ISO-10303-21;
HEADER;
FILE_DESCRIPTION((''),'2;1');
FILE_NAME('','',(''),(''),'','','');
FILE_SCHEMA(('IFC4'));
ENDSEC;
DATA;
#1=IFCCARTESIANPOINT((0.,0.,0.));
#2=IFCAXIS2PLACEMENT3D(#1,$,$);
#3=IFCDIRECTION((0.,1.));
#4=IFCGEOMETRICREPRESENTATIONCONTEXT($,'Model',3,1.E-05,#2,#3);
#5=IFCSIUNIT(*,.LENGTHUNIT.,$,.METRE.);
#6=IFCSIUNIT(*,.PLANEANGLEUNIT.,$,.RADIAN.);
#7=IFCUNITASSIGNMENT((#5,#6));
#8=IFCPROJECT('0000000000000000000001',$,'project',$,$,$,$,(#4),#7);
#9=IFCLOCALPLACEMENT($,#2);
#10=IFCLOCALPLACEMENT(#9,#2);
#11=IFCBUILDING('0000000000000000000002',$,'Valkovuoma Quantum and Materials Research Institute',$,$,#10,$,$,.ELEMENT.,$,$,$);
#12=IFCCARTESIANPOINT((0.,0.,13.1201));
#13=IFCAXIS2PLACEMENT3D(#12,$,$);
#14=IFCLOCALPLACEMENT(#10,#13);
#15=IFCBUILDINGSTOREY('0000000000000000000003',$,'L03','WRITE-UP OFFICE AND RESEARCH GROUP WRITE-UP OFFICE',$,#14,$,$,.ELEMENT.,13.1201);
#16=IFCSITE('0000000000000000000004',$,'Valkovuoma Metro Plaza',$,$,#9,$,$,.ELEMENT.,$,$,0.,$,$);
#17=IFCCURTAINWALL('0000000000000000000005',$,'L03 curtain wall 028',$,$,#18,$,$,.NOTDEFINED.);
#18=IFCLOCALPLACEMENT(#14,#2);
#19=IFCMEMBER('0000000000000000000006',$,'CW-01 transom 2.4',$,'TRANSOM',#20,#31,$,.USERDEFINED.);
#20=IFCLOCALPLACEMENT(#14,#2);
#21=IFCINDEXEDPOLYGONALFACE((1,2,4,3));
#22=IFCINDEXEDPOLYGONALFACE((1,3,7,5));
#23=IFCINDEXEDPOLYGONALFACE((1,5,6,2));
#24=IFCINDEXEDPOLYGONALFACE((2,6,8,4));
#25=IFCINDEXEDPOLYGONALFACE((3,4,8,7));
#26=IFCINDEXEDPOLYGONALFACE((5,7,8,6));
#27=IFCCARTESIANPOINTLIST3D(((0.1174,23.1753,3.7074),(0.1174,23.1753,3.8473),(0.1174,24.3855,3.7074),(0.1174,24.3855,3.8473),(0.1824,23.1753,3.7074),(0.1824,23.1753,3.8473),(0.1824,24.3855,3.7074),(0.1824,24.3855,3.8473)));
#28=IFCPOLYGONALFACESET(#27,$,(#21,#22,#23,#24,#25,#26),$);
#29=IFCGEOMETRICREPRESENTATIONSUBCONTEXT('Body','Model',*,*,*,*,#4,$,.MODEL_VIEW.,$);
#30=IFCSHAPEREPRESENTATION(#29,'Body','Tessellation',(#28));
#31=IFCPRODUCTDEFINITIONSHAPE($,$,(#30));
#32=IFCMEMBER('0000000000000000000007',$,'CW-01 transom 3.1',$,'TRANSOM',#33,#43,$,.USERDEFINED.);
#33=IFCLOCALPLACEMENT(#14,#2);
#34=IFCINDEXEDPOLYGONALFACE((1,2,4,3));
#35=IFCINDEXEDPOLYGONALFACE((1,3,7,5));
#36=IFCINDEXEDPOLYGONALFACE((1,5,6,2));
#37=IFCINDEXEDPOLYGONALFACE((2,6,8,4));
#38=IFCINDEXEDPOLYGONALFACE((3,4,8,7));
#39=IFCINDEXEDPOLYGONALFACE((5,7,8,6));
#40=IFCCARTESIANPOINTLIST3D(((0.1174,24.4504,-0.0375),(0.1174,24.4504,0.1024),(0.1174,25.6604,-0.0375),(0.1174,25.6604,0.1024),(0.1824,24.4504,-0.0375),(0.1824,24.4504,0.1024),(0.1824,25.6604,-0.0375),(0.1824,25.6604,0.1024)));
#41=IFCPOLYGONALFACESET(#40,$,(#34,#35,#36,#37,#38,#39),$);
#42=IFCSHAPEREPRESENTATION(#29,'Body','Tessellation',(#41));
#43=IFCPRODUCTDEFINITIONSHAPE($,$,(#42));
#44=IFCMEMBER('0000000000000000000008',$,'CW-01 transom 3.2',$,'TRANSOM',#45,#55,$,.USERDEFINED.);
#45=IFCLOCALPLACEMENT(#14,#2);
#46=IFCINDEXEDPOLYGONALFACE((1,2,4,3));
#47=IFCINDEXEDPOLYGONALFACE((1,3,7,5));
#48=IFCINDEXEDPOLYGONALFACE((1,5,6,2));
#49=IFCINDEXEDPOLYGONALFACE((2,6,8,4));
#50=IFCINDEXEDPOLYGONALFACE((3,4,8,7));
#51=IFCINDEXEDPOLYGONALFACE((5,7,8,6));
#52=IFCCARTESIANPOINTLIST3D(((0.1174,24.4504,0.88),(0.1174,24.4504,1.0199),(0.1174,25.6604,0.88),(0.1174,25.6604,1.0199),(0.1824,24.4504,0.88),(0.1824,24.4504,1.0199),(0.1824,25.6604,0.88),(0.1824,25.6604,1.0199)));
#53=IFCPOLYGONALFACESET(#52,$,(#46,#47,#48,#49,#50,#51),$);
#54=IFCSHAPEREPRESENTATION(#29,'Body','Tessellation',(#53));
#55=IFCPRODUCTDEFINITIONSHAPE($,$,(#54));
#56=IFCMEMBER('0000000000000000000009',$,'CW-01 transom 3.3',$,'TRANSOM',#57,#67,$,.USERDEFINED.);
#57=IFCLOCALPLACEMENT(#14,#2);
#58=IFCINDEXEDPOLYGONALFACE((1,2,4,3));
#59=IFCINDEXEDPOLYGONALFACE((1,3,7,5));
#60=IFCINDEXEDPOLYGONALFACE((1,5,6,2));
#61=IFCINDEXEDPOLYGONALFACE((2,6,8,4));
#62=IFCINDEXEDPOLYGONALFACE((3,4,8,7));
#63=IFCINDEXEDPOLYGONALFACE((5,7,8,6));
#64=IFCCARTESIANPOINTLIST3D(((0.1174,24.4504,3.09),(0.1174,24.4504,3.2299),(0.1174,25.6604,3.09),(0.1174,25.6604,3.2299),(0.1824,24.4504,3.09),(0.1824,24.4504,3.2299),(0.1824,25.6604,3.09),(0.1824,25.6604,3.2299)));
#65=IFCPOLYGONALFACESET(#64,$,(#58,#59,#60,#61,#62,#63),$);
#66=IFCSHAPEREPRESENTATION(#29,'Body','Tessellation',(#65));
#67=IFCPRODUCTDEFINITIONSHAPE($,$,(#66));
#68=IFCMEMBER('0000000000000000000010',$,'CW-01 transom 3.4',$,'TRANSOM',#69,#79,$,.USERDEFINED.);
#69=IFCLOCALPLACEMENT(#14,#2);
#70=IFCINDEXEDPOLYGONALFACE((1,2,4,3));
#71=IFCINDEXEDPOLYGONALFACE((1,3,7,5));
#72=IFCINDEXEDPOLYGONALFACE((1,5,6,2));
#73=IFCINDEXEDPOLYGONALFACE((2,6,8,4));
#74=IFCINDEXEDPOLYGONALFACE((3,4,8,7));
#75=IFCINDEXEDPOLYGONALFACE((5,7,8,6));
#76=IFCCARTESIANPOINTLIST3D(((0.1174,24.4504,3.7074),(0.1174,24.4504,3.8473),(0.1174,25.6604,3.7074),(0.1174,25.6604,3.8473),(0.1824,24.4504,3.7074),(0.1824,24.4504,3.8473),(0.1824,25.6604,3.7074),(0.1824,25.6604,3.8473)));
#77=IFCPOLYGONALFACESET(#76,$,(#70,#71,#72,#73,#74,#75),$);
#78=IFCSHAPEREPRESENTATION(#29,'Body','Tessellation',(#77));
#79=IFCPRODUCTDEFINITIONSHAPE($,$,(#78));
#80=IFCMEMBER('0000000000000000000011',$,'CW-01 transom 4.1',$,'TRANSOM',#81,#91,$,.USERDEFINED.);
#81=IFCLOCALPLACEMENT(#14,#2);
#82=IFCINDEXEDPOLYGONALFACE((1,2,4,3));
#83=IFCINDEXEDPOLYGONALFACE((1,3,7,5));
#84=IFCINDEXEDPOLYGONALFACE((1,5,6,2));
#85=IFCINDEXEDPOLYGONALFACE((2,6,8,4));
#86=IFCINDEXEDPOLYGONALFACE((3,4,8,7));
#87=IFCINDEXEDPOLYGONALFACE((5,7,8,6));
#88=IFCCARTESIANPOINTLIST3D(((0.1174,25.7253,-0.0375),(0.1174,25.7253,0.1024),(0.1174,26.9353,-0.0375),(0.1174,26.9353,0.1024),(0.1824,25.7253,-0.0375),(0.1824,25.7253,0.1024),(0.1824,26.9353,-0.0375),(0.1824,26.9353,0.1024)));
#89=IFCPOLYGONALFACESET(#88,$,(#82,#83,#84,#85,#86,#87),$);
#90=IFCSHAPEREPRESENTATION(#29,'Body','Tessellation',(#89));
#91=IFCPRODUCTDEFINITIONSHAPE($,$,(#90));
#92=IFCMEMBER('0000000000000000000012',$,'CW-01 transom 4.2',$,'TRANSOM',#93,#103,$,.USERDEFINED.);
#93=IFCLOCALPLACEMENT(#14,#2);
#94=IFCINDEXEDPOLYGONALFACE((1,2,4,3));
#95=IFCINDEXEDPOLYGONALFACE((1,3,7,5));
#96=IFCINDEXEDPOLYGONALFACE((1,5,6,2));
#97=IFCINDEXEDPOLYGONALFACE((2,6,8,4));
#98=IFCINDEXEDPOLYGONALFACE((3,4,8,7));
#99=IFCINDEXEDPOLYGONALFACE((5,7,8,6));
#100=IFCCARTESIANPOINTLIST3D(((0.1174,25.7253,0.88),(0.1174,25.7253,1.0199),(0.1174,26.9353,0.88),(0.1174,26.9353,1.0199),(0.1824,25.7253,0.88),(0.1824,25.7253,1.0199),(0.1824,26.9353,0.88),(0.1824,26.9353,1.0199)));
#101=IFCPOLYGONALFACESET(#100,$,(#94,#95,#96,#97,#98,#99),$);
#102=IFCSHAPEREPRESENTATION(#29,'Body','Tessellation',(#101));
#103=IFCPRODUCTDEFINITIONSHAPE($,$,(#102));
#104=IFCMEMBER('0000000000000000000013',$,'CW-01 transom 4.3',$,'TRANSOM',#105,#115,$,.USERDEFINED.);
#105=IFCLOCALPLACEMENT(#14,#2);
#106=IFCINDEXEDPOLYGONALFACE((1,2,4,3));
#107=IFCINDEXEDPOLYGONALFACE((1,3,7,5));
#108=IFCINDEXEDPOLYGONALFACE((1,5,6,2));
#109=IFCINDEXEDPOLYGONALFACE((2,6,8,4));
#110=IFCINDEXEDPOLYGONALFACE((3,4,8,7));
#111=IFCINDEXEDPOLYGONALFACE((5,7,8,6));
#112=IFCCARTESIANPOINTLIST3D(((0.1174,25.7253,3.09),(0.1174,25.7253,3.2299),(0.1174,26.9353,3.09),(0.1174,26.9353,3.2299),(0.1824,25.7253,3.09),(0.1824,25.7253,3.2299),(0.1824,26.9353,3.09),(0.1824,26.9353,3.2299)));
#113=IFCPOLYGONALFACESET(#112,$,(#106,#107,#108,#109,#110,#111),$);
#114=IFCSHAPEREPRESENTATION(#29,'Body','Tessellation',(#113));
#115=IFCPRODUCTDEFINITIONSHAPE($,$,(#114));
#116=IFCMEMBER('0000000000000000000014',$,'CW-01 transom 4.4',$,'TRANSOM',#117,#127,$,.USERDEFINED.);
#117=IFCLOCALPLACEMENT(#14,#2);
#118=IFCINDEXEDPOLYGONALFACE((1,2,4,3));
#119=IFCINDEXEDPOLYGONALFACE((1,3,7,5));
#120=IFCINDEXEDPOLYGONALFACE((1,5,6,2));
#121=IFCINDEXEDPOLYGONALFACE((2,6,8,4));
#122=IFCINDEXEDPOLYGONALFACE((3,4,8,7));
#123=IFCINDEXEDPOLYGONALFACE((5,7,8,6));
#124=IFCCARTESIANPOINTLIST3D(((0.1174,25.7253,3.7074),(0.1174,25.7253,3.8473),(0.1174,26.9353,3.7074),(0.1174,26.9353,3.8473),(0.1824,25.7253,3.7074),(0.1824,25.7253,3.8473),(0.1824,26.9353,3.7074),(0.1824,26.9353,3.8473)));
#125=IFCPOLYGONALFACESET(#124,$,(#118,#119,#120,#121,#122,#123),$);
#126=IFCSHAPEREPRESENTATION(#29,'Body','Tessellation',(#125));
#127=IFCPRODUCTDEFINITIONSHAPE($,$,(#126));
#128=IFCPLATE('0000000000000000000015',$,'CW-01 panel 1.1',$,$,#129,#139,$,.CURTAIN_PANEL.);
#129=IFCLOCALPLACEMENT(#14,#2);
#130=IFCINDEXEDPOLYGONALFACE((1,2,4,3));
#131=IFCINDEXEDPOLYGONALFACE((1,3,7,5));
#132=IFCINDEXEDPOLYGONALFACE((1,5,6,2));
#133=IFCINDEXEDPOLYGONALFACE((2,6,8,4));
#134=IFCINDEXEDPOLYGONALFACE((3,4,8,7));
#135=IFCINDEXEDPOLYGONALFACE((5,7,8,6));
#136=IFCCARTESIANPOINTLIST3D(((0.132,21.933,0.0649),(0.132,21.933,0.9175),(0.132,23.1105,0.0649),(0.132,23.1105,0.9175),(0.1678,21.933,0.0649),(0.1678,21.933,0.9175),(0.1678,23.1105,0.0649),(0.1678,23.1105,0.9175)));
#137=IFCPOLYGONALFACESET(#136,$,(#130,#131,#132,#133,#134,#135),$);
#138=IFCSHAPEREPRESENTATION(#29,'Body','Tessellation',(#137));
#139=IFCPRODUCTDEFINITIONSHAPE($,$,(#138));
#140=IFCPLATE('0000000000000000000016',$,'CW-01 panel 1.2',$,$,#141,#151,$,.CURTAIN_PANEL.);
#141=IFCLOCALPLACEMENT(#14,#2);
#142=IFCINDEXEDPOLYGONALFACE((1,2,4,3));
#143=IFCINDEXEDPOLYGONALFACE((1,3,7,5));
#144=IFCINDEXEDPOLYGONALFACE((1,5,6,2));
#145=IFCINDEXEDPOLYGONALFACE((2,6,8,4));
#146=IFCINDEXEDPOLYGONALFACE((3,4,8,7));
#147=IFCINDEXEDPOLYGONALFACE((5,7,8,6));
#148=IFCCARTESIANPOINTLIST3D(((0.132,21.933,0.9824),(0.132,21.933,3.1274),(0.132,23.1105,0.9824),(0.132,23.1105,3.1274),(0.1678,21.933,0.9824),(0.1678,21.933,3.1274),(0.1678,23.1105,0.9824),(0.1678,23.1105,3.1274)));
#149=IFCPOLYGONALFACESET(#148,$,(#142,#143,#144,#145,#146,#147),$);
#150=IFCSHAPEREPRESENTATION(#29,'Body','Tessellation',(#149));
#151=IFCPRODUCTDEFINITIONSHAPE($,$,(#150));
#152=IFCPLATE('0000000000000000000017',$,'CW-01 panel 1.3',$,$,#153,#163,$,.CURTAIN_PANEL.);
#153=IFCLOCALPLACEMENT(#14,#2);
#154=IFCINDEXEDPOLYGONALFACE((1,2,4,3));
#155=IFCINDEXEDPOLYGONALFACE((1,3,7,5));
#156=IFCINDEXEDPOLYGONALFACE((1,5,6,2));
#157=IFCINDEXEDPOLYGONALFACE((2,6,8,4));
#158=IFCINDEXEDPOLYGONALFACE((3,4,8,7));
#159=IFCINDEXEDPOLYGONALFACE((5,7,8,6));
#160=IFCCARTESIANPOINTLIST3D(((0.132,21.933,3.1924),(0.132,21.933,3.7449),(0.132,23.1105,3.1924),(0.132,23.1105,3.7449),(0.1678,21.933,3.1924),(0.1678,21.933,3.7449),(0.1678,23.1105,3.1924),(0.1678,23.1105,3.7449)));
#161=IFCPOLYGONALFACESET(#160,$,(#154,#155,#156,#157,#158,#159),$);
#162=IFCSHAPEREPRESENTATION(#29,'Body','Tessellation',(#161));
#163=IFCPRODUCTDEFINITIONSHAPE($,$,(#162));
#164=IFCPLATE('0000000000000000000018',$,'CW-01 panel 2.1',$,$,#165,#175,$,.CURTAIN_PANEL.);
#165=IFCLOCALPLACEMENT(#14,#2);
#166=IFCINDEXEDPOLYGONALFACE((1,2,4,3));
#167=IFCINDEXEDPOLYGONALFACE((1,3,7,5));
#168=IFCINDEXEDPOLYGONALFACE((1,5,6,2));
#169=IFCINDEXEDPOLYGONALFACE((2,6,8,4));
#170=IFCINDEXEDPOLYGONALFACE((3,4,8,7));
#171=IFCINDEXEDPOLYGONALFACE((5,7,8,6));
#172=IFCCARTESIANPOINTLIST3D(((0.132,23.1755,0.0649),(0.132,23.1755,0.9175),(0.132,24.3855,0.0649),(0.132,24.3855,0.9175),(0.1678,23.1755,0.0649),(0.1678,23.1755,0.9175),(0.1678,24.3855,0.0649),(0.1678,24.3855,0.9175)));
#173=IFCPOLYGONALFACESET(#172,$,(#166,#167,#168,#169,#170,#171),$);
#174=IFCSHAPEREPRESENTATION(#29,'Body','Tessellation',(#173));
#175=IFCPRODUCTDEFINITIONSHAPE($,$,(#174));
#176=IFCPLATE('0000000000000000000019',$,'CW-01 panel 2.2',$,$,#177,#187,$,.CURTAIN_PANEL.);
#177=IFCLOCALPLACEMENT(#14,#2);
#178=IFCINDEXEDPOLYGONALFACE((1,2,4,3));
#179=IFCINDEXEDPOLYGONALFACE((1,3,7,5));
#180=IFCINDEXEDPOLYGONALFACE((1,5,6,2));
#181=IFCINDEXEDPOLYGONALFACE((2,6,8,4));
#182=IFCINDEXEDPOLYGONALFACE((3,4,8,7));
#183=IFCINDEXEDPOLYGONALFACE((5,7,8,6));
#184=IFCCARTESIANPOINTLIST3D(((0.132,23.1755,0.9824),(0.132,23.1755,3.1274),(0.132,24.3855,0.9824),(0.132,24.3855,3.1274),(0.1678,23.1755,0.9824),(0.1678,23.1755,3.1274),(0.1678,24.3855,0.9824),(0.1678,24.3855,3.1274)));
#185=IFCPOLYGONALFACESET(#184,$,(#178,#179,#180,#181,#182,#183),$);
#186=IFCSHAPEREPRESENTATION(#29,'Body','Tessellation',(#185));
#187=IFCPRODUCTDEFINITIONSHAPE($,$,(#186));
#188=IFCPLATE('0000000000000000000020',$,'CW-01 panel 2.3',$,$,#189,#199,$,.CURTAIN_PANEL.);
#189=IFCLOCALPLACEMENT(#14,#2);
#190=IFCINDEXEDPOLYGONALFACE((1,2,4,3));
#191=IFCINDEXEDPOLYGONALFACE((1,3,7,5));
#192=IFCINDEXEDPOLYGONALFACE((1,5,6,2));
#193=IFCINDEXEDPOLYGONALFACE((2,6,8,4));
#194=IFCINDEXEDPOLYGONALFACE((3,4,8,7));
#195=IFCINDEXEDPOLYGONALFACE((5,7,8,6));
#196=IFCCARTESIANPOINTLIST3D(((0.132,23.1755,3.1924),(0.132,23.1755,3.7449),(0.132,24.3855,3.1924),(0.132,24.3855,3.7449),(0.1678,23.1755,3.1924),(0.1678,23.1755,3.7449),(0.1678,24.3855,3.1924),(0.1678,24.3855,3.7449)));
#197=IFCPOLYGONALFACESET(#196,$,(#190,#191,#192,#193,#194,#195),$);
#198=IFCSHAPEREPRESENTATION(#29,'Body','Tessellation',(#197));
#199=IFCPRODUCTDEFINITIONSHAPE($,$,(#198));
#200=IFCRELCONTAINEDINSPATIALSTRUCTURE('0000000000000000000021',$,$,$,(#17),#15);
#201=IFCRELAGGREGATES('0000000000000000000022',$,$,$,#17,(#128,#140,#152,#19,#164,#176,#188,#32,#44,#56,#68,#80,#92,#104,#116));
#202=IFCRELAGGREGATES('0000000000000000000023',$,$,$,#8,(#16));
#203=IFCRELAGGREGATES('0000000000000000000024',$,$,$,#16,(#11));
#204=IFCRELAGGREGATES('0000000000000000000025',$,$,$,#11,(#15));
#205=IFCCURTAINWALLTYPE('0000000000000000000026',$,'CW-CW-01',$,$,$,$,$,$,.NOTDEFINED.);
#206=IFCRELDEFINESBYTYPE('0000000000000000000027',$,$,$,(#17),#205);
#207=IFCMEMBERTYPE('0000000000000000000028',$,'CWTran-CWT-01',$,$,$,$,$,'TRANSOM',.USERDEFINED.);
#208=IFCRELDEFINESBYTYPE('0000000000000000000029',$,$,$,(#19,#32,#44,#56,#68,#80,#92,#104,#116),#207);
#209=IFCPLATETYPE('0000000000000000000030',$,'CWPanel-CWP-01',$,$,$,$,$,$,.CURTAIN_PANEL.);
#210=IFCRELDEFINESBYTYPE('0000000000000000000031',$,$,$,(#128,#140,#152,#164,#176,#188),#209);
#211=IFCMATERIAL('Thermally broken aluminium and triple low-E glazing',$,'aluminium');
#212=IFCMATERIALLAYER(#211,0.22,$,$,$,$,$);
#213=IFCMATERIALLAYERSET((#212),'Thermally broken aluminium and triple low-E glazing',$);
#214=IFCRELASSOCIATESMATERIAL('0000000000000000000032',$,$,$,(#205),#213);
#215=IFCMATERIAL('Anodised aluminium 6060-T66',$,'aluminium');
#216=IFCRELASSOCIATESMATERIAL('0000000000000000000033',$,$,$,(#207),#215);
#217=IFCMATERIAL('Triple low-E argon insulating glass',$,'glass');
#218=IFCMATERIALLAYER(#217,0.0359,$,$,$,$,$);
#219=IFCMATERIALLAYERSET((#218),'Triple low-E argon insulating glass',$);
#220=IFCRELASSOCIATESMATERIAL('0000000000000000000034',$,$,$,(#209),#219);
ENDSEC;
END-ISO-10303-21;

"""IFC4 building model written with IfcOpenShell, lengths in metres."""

from ifc_helpers import new_model, si_unit, direction, frame, origin, origin_2d, place, context, subcontext, project, spatial, rectangle, extrude, material, layer, layer_set, material_profile, profile_set, type_object, element, aggregate, save


model = new_model("IFC4")

# Units and contexts
model_context = context("Model", 3, precision=1e-05, world=origin(), true_north=direction((0.0, 1.0)))
body_context = subcontext(model_context, "Body", "Model", "MODEL_VIEW")
ifc_project = project(units=[si_unit("LENGTHUNIT", "METRE"), si_unit("PLANEANGLEUNIT", "RADIAN")], contexts=[model_context])

# Site, building, storey
site_placement = place(None, origin())
site = spatial("IfcSite", under=ifc_project, at=site_placement, Name="Valkovuoma Metro Plaza", CompositionType="ELEMENT", RefElevation=0.0)
building_placement = place(site_placement, origin())
building = spatial("IfcBuilding", under=site, at=building_placement, Name="Valkovuoma Quantum and Materials Research Institute", CompositionType="ELEMENT")
storey_placement = place(building_placement, frame((0.0, 0.0, 13.1201)))
storey = spatial("IfcBuildingStorey", under=building, at=storey_placement, Name="L03", Description="WRITE-UP OFFICE AND RESEARCH GROUP WRITE-UP OFFICE", CompositionType="ELEMENT", Elevation=13.1201)

# Curtain wall, members, plates
ifc_material_1 = material(Name="Thermally broken aluminium and triple low-E glazing", Category="aluminium")
ifc_layer_1 = layer(ifc_material_1, 0.22)
ifc_layer_set_1 = layer_set([ifc_layer_1], Name="Thermally broken aluminium and triple low-E glazing")
curtain_wall_type = type_object("IfcCurtainWallType", Name="CW-CW-01", PredefinedType="NOTDEFINED", material=ifc_layer_set_1)
curtain_wall_placement = place(storey_placement, origin())
curtain_wall = element("IfcCurtainWall", 1, at=curtain_wall_placement, inside=storey, type_object=curtain_wall_type, Name="L03 curtain wall 028", PredefinedType="NOTDEFINED")
ifc_material_2 = material(Name="Anodised aluminium 6060-T66", Category="aluminium")
ifc_material_profile_1 = material_profile(ifc_material_2, rectangle(XDim=0.0649, YDim=0.1399, at=origin_2d()), Name="Anodised aluminium 6060-T66")
ifc_profile_set_1 = profile_set([ifc_material_profile_1], Name="Anodised aluminium 6060-T66")
member_type_1 = type_object("IfcMemberType", Name="CWTran-CWT-01", ElementType="TRANSOM", PredefinedType="USERDEFINED", material=ifc_profile_set_1)
member_1_placement = place(storey_placement, frame((0.1499, 23.1753, 3.7773), z_axis=(0.0, 1.0, 0.0), x_axis=(-1.0, 0.0, 0.0)))
member_1 = element("IfcMember", 2, at=member_1_placement, type_object=member_type_1, Name="CW-01 transom 2.4", ObjectType="TRANSOM", PredefinedType="USERDEFINED", context=body_context, shape_type="SweptSolid", body=[
    extrude(rectangle(XDim=0.0649, YDim=0.1399, at=origin_2d()), origin(), (0.0, 0.0, 1.0), 1.2102),
])
member_2_placement = place(storey_placement, frame((0.1499, 24.4504, 0.0325), z_axis=(0.0, 1.0, 0.0), x_axis=(-1.0, 0.0, 0.0)))
member_2 = element("IfcMember", 3, at=member_2_placement, type_object=member_type_1, Name="CW-01 transom 3.1", ObjectType="TRANSOM", PredefinedType="USERDEFINED", context=body_context, shape_type="SweptSolid", body=[
    extrude(rectangle(XDim=0.0649, YDim=0.1399, at=origin_2d()), origin(), (0.0, 0.0, 1.0), 1.21),
])
member_3_placement = place(storey_placement, frame((0.1499, 24.4504, 0.95), z_axis=(0.0, 1.0, 0.0), x_axis=(-1.0, 0.0, 0.0)))
member_3 = element("IfcMember", 4, at=member_3_placement, type_object=member_type_1, Name="CW-01 transom 3.2", ObjectType="TRANSOM", PredefinedType="USERDEFINED", context=body_context, shape_type="SweptSolid", body=[
    extrude(rectangle(XDim=0.0649, YDim=0.1399, at=origin_2d()), origin(), (0.0, 0.0, 1.0), 1.21),
])
member_4_placement = place(storey_placement, frame((0.1499, 24.4504, 3.1599), z_axis=(0.0, 1.0, 0.0), x_axis=(-1.0, 0.0, 0.0)))
member_4 = element("IfcMember", 5, at=member_4_placement, type_object=member_type_1, Name="CW-01 transom 3.3", ObjectType="TRANSOM", PredefinedType="USERDEFINED", context=body_context, shape_type="SweptSolid", body=[
    extrude(rectangle(XDim=0.0649, YDim=0.1399, at=origin_2d()), origin(), (0.0, 0.0, 1.0), 1.21),
])
member_5_placement = place(storey_placement, frame((0.1499, 24.4504, 3.7773), z_axis=(0.0, 1.0, 0.0), x_axis=(-1.0, 0.0, 0.0)))
member_5 = element("IfcMember", 6, at=member_5_placement, type_object=member_type_1, Name="CW-01 transom 3.4", ObjectType="TRANSOM", PredefinedType="USERDEFINED", context=body_context, shape_type="SweptSolid", body=[
    extrude(rectangle(XDim=0.0649, YDim=0.1399, at=origin_2d()), origin(), (0.0, 0.0, 1.0), 1.21),
])
member_6_placement = place(storey_placement, frame((0.1499, 25.7253, 0.0325), z_axis=(0.0, 1.0, 0.0), x_axis=(-1.0, 0.0, 0.0)))
member_6 = element("IfcMember", 7, at=member_6_placement, type_object=member_type_1, Name="CW-01 transom 4.1", ObjectType="TRANSOM", PredefinedType="USERDEFINED", context=body_context, shape_type="SweptSolid", body=[
    extrude(rectangle(XDim=0.0649, YDim=0.1399, at=origin_2d()), origin(), (0.0, 0.0, 1.0), 1.21),
])
member_7_placement = place(storey_placement, frame((0.1499, 25.7253, 0.95), z_axis=(0.0, 1.0, 0.0), x_axis=(-1.0, 0.0, 0.0)))
member_7 = element("IfcMember", 8, at=member_7_placement, type_object=member_type_1, Name="CW-01 transom 4.2", ObjectType="TRANSOM", PredefinedType="USERDEFINED", context=body_context, shape_type="SweptSolid", body=[
    extrude(rectangle(XDim=0.0649, YDim=0.1399, at=origin_2d()), origin(), (0.0, 0.0, 1.0), 1.21),
])
member_8_placement = place(storey_placement, frame((0.1499, 25.7253, 3.1599), z_axis=(0.0, 1.0, 0.0), x_axis=(-1.0, 0.0, 0.0)))
member_8 = element("IfcMember", 9, at=member_8_placement, type_object=member_type_1, Name="CW-01 transom 4.3", ObjectType="TRANSOM", PredefinedType="USERDEFINED", context=body_context, shape_type="SweptSolid", body=[
    extrude(rectangle(XDim=0.0649, YDim=0.1399, at=origin_2d()), origin(), (0.0, 0.0, 1.0), 1.21),
])
member_9_placement = place(storey_placement, frame((0.1499, 25.7253, 3.7773), z_axis=(0.0, 1.0, 0.0), x_axis=(-1.0, 0.0, 0.0)))
member_9 = element("IfcMember", 10, at=member_9_placement, type_object=member_type_1, Name="CW-01 transom 4.4", ObjectType="TRANSOM", PredefinedType="USERDEFINED", context=body_context, shape_type="SweptSolid", body=[
    extrude(rectangle(XDim=0.0649, YDim=0.1399, at=origin_2d()), origin(), (0.0, 0.0, 1.0), 1.21),
])
ifc_material_3 = material(Name="Triple low-E argon insulating glass", Category="glass")
ifc_layer_2 = layer(ifc_material_3, 0.0359)
ifc_layer_set_2 = layer_set([ifc_layer_2], Name="Triple low-E argon insulating glass")
plate_type = type_object("IfcPlateType", Name="CWPanel-CWP-01", PredefinedType="CURTAIN_PANEL", material=ifc_layer_set_2)
plate_1_placement = place(storey_placement, frame((0.1499, 22.5217, 0.0649), z_axis=(0.0, 0.0, 1.0), x_axis=(0.0, 1.0, 0.0)))
plate_1 = element("IfcPlate", 11, at=plate_1_placement, type_object=plate_type, Name="CW-01 panel 1.1", PredefinedType="CURTAIN_PANEL", context=body_context, shape_type="SweptSolid", body=[
    extrude(rectangle(XDim=1.1775, YDim=0.0359, at=origin_2d()), origin(), (0.0, 0.0, 1.0), 0.8525),
])
plate_2_placement = place(storey_placement, frame((0.1499, 22.5217, 0.9824), z_axis=(0.0, 0.0, 1.0), x_axis=(0.0, 1.0, 0.0)))
plate_2 = element("IfcPlate", 12, at=plate_2_placement, type_object=plate_type, Name="CW-01 panel 1.2", PredefinedType="CURTAIN_PANEL", context=body_context, shape_type="SweptSolid", body=[
    extrude(rectangle(XDim=1.1775, YDim=0.0359, at=origin_2d()), origin(), (0.0, 0.0, 1.0), 2.145),
])
plate_3_placement = place(storey_placement, frame((0.1499, 22.5217, 3.1924), z_axis=(0.0, 0.0, 1.0), x_axis=(0.0, 1.0, 0.0)))
plate_3 = element("IfcPlate", 13, at=plate_3_placement, type_object=plate_type, Name="CW-01 panel 1.3", PredefinedType="CURTAIN_PANEL", context=body_context, shape_type="SweptSolid", body=[
    extrude(rectangle(XDim=1.1775, YDim=0.0359, at=origin_2d()), origin(), (0.0, 0.0, 1.0), 0.5525),
])
plate_4_placement = place(storey_placement, frame((0.1499, 23.7805, 0.0649), z_axis=(0.0, 0.0, 1.0), x_axis=(0.0, 1.0, 0.0)))
plate_4 = element("IfcPlate", 14, at=plate_4_placement, type_object=plate_type, Name="CW-01 panel 2.1", PredefinedType="CURTAIN_PANEL", context=body_context, shape_type="SweptSolid", body=[
    extrude(rectangle(XDim=1.21, YDim=0.0359, at=origin_2d()), origin(), (0.0, 0.0, 1.0), 0.8525),
])
plate_5_placement = place(storey_placement, frame((0.1499, 23.7805, 0.9824), z_axis=(0.0, 0.0, 1.0), x_axis=(0.0, 1.0, 0.0)))
plate_5 = element("IfcPlate", 15, at=plate_5_placement, type_object=plate_type, Name="CW-01 panel 2.2", PredefinedType="CURTAIN_PANEL", context=body_context, shape_type="SweptSolid", body=[
    extrude(rectangle(XDim=1.21, YDim=0.0359, at=origin_2d()), origin(), (0.0, 0.0, 1.0), 2.145),
])
plate_6_placement = place(storey_placement, frame((0.1499, 23.7805, 3.1924), z_axis=(0.0, 0.0, 1.0), x_axis=(0.0, 1.0, 0.0)))
plate_6 = element("IfcPlate", 16, at=plate_6_placement, type_object=plate_type, Name="CW-01 panel 2.3", PredefinedType="CURTAIN_PANEL", context=body_context, shape_type="SweptSolid", body=[
    extrude(rectangle(XDim=1.21, YDim=0.0359, at=origin_2d()), origin(), (0.0, 0.0, 1.0), 0.5525),
])
aggregate(curtain_wall, [plate_1, plate_2, plate_3, member_1, plate_4, plate_5, plate_6, member_2, member_3, member_4, member_5, member_6, member_7, member_8, member_9])

save(model, "model.ifc")
